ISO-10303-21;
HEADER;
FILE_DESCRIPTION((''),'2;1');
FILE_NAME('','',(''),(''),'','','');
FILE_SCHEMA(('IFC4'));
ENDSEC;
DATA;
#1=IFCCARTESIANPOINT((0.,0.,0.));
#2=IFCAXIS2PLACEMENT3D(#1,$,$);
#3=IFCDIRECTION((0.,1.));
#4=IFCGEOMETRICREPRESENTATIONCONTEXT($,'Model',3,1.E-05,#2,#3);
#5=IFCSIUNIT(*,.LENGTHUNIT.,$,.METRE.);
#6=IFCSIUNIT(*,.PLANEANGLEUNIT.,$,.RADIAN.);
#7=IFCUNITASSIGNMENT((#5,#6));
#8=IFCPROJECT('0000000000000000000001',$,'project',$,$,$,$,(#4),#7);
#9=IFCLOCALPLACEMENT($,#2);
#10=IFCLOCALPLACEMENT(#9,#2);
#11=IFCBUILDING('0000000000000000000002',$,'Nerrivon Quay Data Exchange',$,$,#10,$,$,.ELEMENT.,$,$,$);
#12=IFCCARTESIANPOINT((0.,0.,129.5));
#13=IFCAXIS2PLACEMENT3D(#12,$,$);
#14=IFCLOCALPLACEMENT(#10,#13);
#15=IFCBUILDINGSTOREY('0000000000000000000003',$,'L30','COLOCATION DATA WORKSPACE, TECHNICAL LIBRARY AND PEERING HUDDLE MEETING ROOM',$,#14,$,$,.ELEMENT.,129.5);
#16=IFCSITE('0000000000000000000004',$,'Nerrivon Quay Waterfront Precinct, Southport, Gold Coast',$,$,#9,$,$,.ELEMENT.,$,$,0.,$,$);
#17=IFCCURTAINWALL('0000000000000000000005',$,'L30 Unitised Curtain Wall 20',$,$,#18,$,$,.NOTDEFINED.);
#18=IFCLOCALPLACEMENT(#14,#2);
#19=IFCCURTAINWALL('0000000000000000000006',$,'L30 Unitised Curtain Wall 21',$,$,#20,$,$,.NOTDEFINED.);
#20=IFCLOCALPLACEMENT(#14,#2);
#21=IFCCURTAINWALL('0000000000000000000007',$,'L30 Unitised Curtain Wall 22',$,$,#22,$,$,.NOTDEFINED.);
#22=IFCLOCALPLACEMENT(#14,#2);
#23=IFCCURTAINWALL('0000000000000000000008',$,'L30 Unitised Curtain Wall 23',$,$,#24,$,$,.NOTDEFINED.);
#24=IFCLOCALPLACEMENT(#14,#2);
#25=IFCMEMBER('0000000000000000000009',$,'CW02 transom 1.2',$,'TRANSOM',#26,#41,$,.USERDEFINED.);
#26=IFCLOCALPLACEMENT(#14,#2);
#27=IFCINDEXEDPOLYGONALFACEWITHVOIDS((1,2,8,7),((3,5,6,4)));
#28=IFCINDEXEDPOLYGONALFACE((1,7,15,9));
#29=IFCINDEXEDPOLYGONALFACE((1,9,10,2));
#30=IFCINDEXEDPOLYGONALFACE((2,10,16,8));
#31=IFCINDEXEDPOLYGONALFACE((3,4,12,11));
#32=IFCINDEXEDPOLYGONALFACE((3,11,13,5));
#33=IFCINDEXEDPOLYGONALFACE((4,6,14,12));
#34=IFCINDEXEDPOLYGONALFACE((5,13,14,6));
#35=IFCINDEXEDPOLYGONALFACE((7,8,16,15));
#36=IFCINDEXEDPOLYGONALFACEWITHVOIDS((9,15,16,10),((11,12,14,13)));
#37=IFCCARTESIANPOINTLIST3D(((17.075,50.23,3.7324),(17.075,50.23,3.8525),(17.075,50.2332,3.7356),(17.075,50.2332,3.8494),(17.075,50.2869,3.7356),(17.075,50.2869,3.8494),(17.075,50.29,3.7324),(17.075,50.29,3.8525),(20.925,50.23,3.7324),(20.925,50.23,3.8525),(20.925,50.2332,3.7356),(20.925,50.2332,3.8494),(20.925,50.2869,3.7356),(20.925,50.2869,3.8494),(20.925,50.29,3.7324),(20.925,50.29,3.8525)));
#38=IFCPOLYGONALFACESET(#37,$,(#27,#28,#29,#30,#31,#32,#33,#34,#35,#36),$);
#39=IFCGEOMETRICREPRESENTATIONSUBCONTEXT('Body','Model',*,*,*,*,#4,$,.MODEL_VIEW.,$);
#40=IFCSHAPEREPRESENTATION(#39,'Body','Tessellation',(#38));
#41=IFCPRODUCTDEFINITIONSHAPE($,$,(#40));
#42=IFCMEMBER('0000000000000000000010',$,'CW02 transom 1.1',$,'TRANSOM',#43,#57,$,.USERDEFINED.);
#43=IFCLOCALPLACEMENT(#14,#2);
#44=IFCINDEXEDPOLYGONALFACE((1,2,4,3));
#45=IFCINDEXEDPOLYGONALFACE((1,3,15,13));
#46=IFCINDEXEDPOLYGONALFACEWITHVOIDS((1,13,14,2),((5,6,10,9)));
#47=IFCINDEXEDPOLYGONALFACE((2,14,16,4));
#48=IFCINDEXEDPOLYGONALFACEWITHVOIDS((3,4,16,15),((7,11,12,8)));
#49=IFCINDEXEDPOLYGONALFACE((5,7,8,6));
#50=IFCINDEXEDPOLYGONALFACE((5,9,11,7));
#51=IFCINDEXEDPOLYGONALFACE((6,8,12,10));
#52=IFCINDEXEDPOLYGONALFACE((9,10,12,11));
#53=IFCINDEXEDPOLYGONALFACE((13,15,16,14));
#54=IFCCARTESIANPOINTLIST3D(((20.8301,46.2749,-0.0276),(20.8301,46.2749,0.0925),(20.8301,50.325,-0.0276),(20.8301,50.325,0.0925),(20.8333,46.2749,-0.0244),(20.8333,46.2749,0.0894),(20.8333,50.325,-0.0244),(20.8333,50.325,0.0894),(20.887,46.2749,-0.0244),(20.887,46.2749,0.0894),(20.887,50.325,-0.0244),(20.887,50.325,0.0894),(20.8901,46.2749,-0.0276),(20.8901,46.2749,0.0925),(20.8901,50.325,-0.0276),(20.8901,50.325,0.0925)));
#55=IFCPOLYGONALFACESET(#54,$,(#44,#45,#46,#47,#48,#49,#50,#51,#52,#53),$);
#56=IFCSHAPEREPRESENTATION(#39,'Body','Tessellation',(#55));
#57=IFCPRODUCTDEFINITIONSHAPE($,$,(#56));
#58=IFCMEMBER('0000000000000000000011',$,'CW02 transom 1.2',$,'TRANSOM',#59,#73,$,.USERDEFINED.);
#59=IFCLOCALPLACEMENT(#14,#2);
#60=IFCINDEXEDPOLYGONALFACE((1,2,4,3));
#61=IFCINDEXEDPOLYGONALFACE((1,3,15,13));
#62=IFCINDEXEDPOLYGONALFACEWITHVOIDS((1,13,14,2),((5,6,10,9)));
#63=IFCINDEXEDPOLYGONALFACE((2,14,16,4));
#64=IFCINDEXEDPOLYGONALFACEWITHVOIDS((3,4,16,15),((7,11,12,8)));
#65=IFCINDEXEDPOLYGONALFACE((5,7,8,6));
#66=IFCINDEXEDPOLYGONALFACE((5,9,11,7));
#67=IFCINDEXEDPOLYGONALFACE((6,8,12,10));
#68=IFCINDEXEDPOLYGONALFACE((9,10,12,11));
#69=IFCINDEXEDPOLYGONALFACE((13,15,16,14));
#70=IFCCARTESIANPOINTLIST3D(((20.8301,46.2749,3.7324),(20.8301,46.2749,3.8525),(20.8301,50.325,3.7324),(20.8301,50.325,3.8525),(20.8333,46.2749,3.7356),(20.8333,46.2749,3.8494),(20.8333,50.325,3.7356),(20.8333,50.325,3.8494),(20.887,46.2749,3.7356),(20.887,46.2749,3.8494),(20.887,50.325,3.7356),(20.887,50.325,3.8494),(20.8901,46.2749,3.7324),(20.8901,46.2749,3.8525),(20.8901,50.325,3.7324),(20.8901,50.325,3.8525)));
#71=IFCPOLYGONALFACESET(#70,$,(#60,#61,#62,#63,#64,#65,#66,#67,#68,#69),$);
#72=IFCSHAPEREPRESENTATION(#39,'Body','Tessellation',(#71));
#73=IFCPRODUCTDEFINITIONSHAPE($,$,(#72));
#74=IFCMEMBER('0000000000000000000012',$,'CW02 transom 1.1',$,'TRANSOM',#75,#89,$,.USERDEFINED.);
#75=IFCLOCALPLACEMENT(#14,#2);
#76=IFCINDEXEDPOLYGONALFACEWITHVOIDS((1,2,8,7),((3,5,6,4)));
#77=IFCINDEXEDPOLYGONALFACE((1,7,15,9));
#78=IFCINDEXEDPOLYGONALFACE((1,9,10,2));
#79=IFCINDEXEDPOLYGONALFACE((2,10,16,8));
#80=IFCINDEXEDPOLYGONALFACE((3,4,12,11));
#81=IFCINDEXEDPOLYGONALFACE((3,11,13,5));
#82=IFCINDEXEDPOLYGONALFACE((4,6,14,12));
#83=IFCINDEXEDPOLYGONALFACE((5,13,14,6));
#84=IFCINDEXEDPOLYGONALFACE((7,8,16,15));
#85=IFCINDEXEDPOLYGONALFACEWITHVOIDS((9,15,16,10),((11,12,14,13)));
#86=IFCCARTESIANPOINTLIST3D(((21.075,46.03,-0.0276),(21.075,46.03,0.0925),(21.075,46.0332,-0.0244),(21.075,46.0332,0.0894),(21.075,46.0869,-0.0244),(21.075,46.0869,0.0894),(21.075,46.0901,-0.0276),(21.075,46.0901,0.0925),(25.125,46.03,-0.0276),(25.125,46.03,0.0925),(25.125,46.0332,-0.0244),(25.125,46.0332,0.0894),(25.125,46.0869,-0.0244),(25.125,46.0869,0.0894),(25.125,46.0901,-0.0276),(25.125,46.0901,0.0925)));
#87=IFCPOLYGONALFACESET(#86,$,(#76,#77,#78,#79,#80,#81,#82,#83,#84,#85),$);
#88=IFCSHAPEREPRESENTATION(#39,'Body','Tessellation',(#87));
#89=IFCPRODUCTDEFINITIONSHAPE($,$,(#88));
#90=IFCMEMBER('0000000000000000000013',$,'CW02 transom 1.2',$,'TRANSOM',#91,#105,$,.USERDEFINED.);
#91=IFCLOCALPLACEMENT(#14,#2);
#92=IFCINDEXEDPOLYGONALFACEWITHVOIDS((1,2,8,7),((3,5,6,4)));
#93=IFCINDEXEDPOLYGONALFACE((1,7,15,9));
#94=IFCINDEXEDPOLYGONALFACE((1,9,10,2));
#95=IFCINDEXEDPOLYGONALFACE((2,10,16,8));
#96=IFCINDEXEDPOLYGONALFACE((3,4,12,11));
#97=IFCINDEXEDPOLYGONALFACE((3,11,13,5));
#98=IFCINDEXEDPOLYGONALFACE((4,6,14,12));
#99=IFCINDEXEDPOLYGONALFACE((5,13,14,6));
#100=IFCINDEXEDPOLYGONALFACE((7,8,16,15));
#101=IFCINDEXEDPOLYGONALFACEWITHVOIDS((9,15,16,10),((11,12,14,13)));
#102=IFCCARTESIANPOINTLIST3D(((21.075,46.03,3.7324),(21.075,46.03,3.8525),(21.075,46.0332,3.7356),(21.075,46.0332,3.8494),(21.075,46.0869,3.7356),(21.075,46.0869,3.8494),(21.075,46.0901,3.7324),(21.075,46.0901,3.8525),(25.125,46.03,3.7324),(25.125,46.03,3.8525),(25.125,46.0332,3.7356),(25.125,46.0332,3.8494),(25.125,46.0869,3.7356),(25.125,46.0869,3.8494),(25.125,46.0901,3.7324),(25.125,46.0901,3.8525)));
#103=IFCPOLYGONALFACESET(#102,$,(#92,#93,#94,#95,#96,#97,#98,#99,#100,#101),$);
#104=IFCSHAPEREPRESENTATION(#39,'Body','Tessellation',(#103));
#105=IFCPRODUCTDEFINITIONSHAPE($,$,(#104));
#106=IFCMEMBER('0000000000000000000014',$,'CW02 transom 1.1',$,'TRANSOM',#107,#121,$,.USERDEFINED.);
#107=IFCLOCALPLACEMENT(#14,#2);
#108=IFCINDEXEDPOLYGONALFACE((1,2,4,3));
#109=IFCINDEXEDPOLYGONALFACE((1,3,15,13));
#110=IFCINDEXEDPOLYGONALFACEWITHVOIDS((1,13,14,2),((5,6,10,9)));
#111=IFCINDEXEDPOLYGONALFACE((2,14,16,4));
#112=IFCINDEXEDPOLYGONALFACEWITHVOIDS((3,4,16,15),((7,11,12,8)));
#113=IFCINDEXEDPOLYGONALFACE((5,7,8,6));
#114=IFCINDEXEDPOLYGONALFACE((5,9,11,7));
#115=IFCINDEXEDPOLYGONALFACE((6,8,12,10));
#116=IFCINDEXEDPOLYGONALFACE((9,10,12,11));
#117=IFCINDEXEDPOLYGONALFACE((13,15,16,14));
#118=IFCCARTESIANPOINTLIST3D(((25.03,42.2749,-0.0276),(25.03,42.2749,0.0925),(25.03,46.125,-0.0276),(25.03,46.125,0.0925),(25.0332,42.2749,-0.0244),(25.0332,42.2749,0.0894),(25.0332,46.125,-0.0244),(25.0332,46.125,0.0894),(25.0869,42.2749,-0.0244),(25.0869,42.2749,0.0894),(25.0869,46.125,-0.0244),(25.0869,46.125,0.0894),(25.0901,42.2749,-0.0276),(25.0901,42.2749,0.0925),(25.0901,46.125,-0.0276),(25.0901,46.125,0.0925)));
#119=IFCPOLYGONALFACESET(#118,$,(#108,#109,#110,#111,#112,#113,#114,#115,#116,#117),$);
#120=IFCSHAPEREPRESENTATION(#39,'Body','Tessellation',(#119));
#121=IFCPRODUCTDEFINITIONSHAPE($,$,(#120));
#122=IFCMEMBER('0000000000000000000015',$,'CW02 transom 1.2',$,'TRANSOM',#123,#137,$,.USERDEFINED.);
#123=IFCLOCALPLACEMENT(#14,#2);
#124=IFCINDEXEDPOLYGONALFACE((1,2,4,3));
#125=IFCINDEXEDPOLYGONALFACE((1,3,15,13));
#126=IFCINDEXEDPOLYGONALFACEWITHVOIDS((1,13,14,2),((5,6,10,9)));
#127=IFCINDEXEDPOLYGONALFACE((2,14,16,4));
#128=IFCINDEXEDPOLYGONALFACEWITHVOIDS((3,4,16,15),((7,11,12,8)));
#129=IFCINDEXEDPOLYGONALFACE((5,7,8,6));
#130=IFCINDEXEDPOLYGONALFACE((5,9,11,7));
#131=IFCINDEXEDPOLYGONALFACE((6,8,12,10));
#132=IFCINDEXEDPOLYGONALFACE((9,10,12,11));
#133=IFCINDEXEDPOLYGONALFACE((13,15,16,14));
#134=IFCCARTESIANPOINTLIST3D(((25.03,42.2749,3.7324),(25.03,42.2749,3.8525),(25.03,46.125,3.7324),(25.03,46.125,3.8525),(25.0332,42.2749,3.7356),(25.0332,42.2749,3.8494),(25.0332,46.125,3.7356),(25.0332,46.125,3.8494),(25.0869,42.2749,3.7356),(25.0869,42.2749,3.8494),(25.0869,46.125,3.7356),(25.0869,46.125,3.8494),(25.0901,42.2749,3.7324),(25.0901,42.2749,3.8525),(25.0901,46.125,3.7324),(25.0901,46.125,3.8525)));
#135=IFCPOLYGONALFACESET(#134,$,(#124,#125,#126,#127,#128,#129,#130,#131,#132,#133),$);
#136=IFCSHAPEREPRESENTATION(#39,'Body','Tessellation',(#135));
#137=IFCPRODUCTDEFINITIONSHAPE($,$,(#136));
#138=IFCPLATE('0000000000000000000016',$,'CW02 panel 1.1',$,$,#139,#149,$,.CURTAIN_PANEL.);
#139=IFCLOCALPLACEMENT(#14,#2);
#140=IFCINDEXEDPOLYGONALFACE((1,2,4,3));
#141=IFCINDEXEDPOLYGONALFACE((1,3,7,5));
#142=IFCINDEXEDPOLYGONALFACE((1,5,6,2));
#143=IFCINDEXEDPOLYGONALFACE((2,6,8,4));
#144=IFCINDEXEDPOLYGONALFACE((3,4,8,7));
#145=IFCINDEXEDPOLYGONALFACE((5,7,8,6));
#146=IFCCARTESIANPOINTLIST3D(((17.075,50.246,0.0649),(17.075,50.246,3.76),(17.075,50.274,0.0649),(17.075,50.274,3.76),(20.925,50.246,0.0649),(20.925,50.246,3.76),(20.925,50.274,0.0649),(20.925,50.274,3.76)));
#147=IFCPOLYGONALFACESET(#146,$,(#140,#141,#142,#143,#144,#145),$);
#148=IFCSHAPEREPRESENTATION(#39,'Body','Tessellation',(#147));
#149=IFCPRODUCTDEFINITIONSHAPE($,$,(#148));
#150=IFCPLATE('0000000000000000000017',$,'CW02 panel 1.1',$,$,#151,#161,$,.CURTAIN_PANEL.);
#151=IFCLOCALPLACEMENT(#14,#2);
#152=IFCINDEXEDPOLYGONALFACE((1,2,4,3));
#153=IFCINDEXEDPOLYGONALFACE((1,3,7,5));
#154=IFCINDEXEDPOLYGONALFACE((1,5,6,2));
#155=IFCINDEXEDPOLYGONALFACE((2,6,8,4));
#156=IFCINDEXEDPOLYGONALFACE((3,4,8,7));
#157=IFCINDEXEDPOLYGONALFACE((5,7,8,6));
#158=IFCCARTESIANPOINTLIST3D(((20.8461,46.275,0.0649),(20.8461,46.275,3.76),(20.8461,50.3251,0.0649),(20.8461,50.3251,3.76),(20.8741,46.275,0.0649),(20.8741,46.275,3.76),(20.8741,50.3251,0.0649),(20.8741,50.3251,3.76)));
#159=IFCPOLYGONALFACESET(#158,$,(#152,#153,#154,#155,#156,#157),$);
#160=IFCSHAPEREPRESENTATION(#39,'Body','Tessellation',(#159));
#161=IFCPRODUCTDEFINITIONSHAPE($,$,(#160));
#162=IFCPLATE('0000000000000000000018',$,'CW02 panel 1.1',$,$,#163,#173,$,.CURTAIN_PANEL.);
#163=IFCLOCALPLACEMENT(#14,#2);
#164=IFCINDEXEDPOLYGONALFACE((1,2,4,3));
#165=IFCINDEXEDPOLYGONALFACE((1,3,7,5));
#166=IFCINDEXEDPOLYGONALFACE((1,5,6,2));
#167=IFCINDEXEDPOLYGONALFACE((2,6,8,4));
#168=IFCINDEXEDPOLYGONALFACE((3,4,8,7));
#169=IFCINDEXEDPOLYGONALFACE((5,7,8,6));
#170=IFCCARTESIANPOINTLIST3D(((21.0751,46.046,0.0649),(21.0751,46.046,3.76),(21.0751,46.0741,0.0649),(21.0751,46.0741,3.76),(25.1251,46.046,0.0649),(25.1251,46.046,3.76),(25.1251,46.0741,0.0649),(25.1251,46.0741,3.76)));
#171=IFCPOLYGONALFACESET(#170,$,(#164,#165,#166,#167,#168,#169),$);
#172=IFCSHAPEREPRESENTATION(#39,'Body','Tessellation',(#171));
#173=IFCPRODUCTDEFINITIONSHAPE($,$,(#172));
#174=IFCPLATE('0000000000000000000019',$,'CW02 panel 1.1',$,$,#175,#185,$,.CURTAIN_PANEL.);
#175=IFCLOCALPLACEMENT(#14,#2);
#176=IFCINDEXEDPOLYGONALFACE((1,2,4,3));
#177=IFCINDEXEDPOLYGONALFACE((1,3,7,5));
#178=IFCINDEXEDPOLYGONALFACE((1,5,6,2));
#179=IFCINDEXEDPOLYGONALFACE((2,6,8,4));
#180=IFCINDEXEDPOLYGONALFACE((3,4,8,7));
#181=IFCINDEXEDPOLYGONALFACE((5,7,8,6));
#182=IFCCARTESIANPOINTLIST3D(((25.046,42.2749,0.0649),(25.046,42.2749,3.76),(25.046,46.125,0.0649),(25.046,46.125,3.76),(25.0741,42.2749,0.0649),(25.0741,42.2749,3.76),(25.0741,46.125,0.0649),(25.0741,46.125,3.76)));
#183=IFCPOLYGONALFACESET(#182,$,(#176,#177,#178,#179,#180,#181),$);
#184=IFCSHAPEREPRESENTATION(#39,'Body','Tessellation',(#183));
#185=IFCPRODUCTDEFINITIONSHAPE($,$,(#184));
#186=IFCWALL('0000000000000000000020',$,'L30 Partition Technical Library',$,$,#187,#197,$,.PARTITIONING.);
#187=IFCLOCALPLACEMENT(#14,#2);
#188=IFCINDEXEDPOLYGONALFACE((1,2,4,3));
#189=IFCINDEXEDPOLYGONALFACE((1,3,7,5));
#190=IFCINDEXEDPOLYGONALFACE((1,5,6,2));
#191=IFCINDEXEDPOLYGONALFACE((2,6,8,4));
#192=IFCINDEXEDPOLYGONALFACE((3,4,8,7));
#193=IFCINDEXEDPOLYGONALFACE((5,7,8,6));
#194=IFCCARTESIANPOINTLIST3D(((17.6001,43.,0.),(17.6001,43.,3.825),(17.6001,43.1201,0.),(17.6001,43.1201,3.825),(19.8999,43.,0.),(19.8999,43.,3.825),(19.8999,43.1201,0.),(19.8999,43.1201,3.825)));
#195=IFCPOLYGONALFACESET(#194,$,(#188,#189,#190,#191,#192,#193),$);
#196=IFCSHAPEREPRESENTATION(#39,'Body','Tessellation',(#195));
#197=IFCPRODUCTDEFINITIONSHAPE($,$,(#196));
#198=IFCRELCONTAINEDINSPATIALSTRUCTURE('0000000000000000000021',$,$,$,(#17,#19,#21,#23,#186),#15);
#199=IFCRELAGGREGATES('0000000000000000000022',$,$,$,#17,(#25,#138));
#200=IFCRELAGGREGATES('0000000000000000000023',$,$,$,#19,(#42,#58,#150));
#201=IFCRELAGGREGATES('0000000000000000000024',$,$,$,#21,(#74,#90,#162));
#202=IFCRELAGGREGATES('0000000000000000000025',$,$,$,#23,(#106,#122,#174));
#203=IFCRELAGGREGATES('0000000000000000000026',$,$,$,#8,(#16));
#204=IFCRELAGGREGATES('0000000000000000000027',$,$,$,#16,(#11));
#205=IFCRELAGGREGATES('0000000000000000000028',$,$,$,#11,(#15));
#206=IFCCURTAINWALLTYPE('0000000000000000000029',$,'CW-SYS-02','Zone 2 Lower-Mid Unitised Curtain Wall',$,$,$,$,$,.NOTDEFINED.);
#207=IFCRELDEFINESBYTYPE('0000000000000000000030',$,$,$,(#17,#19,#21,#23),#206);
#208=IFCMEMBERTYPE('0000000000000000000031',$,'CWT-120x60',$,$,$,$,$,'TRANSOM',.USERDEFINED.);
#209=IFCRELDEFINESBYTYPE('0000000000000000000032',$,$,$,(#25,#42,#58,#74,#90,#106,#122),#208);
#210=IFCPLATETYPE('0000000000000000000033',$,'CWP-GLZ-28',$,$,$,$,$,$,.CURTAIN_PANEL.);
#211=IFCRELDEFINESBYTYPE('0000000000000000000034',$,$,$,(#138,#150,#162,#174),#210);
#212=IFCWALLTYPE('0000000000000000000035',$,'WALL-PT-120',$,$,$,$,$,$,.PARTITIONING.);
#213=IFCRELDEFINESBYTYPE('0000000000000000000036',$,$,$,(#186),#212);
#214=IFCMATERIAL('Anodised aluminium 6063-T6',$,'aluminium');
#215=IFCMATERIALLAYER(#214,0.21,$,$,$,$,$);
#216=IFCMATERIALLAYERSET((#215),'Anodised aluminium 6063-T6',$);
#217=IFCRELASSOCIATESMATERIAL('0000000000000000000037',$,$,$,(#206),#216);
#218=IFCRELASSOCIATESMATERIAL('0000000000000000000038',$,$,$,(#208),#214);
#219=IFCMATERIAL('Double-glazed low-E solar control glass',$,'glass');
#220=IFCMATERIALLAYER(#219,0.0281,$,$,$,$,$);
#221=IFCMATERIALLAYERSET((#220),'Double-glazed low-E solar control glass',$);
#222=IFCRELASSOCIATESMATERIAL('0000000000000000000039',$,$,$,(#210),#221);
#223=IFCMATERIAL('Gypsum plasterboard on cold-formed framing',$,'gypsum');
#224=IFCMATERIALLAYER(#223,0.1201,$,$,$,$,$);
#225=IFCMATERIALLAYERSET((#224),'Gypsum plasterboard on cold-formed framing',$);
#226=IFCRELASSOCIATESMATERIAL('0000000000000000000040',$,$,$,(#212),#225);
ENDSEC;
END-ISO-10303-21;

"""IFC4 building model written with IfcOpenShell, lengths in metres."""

from ifc_helpers import new_model, si_unit, direction, frame, frame_2d, origin, origin_2d, place, context, subcontext, project, spatial, rectangle, hollow_rectangle, extrude, material, layer, layer_set, material_profile, profile_set, type_object, element, aggregate, save


model = new_model("IFC4")

# Units and contexts
model_context = context("Model", 3, precision=1e-05, world=origin(), true_north=direction((0.0, 1.0)))
body_context = subcontext(model_context, "Body", "Model", "MODEL_VIEW")
ifc_project = project(units=[si_unit("LENGTHUNIT", "METRE"), si_unit("PLANEANGLEUNIT", "RADIAN")], contexts=[model_context])

# Site, building, storey
site_placement = place(None, origin())
site = spatial("IfcSite", under=ifc_project, at=site_placement, Name="Nerrivon Quay Waterfront Precinct, Southport, Gold Coast", CompositionType="ELEMENT", RefElevation=0.0)
building_placement = place(site_placement, origin())
building = spatial("IfcBuilding", under=site, at=building_placement, Name="Nerrivon Quay Data Exchange", CompositionType="ELEMENT")
storey_placement = place(building_placement, frame((0.0, 0.0, 129.5)))
storey = spatial("IfcBuildingStorey", under=building, at=storey_placement, Name="L30", Description="COLOCATION DATA WORKSPACE, TECHNICAL LIBRARY AND PEERING HUDDLE MEETING ROOM", CompositionType="ELEMENT", Elevation=129.5)

# Shared definitions
ifc_material_1 = material(Name="Anodised aluminium 6063-T6", Category="aluminium")
ifc_layer_1 = layer(ifc_material_1, 0.21)
ifc_layer_set_1 = layer_set([ifc_layer_1], Name="Anodised aluminium 6063-T6")
curtain_wall_type = type_object("IfcCurtainWallType", Name="CW-SYS-02", Description="Zone 2 Lower-Mid Unitised Curtain Wall", PredefinedType="NOTDEFINED", material=ifc_layer_set_1)

# Curtain walls
curtain_wall_1_placement = place(storey_placement, origin())
curtain_wall_1 = element("IfcCurtainWall", 1, at=curtain_wall_1_placement, inside=storey, type_object=curtain_wall_type, Name="L30 Unitised Curtain Wall 20", PredefinedType="NOTDEFINED")
curtain_wall_2_placement = place(storey_placement, origin())
curtain_wall_2 = element("IfcCurtainWall", 2, at=curtain_wall_2_placement, inside=storey, type_object=curtain_wall_type, Name="L30 Unitised Curtain Wall 21", PredefinedType="NOTDEFINED")
curtain_wall_3_placement = place(storey_placement, origin())
curtain_wall_3 = element("IfcCurtainWall", 3, at=curtain_wall_3_placement, inside=storey, type_object=curtain_wall_type, Name="L30 Unitised Curtain Wall 22", PredefinedType="NOTDEFINED")

# Curtain wall
curtain_wall_4_placement = place(storey_placement, origin())
curtain_wall_4 = element("IfcCurtainWall", 4, at=curtain_wall_4_placement, inside=storey, type_object=curtain_wall_type, Name="L30 Unitised Curtain Wall 23", PredefinedType="NOTDEFINED")

# Members
ifc_material_profile_1 = material_profile(ifc_material_1, hollow_rectangle(XDim=0.0601, YDim=0.1201, WallThickness=0.0032, at=origin_2d()), Name="ALU-TRAN-120x60")
ifc_profile_set_1 = profile_set([ifc_material_profile_1], Name="Anodised aluminium 6063-T6")
member_type_1 = type_object("IfcMemberType", Name="CWT-120x60", ElementType="TRANSOM", PredefinedType="USERDEFINED", material=ifc_profile_set_1)
member_1_placement = place(storey_placement, frame((17.075, 50.26, 3.7925), z_axis=(1.0, 0.0, 0.0), x_axis=(0.0, 1.0, 0.0)))
member_1 = element("IfcMember", 5, at=member_1_placement, type_object=member_type_1, Name="CW02 transom 1.2", ObjectType="TRANSOM", PredefinedType="USERDEFINED", context=body_context, shape_type="SweptSolid", body=[
    extrude(hollow_rectangle(XDim=0.0601, YDim=0.1201, WallThickness=0.0032, at=origin_2d()), origin(), (0.0, 0.0, 1.0), 3.8501),
])
member_2_placement = place(storey_placement, frame((20.8601, 50.325, 0.0325), z_axis=(0.0, -1.0, 0.0), x_axis=(1.0, 0.0, 0.0)))
member_2 = element("IfcMember", 6, at=member_2_placement, type_object=member_type_1, Name="CW02 transom 1.1", ObjectType="TRANSOM", PredefinedType="USERDEFINED", context=body_context, shape_type="SweptSolid", body=[
    extrude(hollow_rectangle(XDim=0.0601, YDim=0.1201, WallThickness=0.0032, at=origin_2d()), origin(), (0.0, 0.0, 1.0), 4.05),
])
member_3_placement = place(storey_placement, frame((20.8601, 50.325, 3.7925), z_axis=(0.0, -1.0, 0.0), x_axis=(1.0, 0.0, 0.0)))
member_3 = element("IfcMember", 7, at=member_3_placement, type_object=member_type_1, Name="CW02 transom 1.2", ObjectType="TRANSOM", PredefinedType="USERDEFINED", context=body_context, shape_type="SweptSolid", body=[
    extrude(hollow_rectangle(XDim=0.0601, YDim=0.1201, WallThickness=0.0032, at=origin_2d()), origin(), (0.0, 0.0, 1.0), 4.05),
])
member_4_placement = place(storey_placement, frame((21.075, 46.0601, 0.0325), z_axis=(1.0, 0.0, 0.0), x_axis=(0.0, 1.0, 0.0)))
member_4 = element("IfcMember", 8, at=member_4_placement, type_object=member_type_1, Name="CW02 transom 1.1", ObjectType="TRANSOM", PredefinedType="USERDEFINED", context=body_context, shape_type="SweptSolid", body=[
    extrude(hollow_rectangle(XDim=0.0601, YDim=0.1201, WallThickness=0.0032, at=origin_2d()), origin(), (0.0, 0.0, 1.0), 4.05),
])
member_5_placement = place(storey_placement, frame((21.075, 46.0601, 3.7925), z_axis=(1.0, 0.0, 0.0), x_axis=(0.0, 1.0, 0.0)))
member_5 = element("IfcMember", 9, at=member_5_placement, type_object=member_type_1, Name="CW02 transom 1.2", ObjectType="TRANSOM", PredefinedType="USERDEFINED", context=body_context, shape_type="SweptSolid", body=[
    extrude(hollow_rectangle(XDim=0.0601, YDim=0.1201, WallThickness=0.0032, at=origin_2d()), origin(), (0.0, 0.0, 1.0), 4.05),
])
member_6_placement = place(storey_placement, frame((25.0601, 46.125, 0.0325), z_axis=(0.0, -1.0, 0.0), x_axis=(1.0, 0.0, 0.0)))
member_6 = element("IfcMember", 10, at=member_6_placement, type_object=member_type_1, Name="CW02 transom 1.1", ObjectType="TRANSOM", PredefinedType="USERDEFINED", context=body_context, shape_type="SweptSolid", body=[
    extrude(hollow_rectangle(XDim=0.0601, YDim=0.1201, WallThickness=0.0032, at=origin_2d()), origin(), (0.0, 0.0, 1.0), 3.8501),
])
member_7_placement = place(storey_placement, frame((25.0601, 46.125, 3.7925), z_axis=(0.0, -1.0, 0.0), x_axis=(1.0, 0.0, 0.0)))
member_7 = element("IfcMember", 11, at=member_7_placement, type_object=member_type_1, Name="CW02 transom 1.2", ObjectType="TRANSOM", PredefinedType="USERDEFINED", context=body_context, shape_type="SweptSolid", body=[
    extrude(hollow_rectangle(XDim=0.0601, YDim=0.1201, WallThickness=0.0032, at=origin_2d()), origin(), (0.0, 0.0, 1.0), 3.8501),
])

# Plates
ifc_material_2 = material(Name="Double-glazed low-E solar control glass", Category="glass")
ifc_layer_2 = layer(ifc_material_2, 0.0281)
ifc_layer_set_2 = layer_set([ifc_layer_2], Name="Double-glazed low-E solar control glass")
plate_type = type_object("IfcPlateType", Name="CWP-GLZ-28", PredefinedType="CURTAIN_PANEL", material=ifc_layer_set_2)
plate_1_placement = place(storey_placement, frame((19.0, 50.26, 0.0649), z_axis=(0.0, 0.0, 1.0), x_axis=(1.0, 0.0, 0.0)))
plate_1 = element("IfcPlate", 12, at=plate_1_placement, type_object=plate_type, Name="CW02 panel 1.1", PredefinedType="CURTAIN_PANEL", context=body_context, shape_type="SweptSolid", body=[
    extrude(rectangle(XDim=3.8501, YDim=0.0281, at=origin_2d()), origin(), (0.0, 0.0, 1.0), 3.6951),
])
aggregate(curtain_wall_1, [member_1, plate_1])
plate_2_placement = place(storey_placement, frame((20.8601, 48.3, 0.0649), z_axis=(0.0, 0.0, 1.0), x_axis=(0.0, -1.0, 0.0)))
plate_2 = element("IfcPlate", 13, at=plate_2_placement, type_object=plate_type, Name="CW02 panel 1.1", PredefinedType="CURTAIN_PANEL", context=body_context, shape_type="SweptSolid", body=[
    extrude(rectangle(XDim=4.05, YDim=0.0281, at=origin_2d()), origin(), (0.0, 0.0, 1.0), 3.6951),
])
aggregate(curtain_wall_2, [member_2, member_3, plate_2])
plate_3_placement = place(storey_placement, frame((23.1001, 46.0601, 0.0649), z_axis=(0.0, 0.0, 1.0), x_axis=(1.0, 0.0, 0.0)))
plate_3 = element("IfcPlate", 14, at=plate_3_placement, type_object=plate_type, Name="CW02 panel 1.1", PredefinedType="CURTAIN_PANEL", context=body_context, shape_type="SweptSolid", body=[
    extrude(rectangle(XDim=4.05, YDim=0.0281, at=origin_2d()), origin(), (0.0, 0.0, 1.0), 3.6951),
])
aggregate(curtain_wall_3, [member_4, member_5, plate_3])
plate_4_placement = place(storey_placement, frame((25.0601, 44.2, 0.0649), z_axis=(0.0, 0.0, 1.0), x_axis=(0.0, -1.0, 0.0)))
plate_4 = element("IfcPlate", 15, at=plate_4_placement, type_object=plate_type, Name="CW02 panel 1.1", PredefinedType="CURTAIN_PANEL", context=body_context, shape_type="SweptSolid", body=[
    extrude(rectangle(XDim=3.8501, YDim=0.0281, at=origin_2d()), origin(), (0.0, 0.0, 1.0), 3.6951),
])
aggregate(curtain_wall_4, [member_6, member_7, plate_4])

# Wall
ifc_material_3 = material(Name="Gypsum plasterboard on cold-formed framing", Category="gypsum")
ifc_layer_3 = layer(ifc_material_3, 0.1201)
ifc_layer_set_3 = layer_set([ifc_layer_3], Name="Gypsum plasterboard on cold-formed framing")
wall_type = type_object("IfcWallType", Name="WALL-PT-120", PredefinedType="PARTITIONING", material=ifc_layer_set_3)
wall_placement = place(storey_placement, frame((17.6001, 43.0601, 0.0), z_axis=(0.0, 0.0, 1.0), x_axis=(1.0, 0.0, 0.0)))
element("IfcWall", 16, at=wall_placement, inside=storey, type_object=wall_type, Name="L30 Partition Technical Library", PredefinedType="PARTITIONING", context=body_context, shape_type="SweptSolid", body=[
    extrude(rectangle(XDim=2.2998, YDim=0.1201, at=frame_2d((1.1499, 0.0))), origin(), (0.0, 0.0, 1.0), 3.825),
])

save(model, "model.ifc")
